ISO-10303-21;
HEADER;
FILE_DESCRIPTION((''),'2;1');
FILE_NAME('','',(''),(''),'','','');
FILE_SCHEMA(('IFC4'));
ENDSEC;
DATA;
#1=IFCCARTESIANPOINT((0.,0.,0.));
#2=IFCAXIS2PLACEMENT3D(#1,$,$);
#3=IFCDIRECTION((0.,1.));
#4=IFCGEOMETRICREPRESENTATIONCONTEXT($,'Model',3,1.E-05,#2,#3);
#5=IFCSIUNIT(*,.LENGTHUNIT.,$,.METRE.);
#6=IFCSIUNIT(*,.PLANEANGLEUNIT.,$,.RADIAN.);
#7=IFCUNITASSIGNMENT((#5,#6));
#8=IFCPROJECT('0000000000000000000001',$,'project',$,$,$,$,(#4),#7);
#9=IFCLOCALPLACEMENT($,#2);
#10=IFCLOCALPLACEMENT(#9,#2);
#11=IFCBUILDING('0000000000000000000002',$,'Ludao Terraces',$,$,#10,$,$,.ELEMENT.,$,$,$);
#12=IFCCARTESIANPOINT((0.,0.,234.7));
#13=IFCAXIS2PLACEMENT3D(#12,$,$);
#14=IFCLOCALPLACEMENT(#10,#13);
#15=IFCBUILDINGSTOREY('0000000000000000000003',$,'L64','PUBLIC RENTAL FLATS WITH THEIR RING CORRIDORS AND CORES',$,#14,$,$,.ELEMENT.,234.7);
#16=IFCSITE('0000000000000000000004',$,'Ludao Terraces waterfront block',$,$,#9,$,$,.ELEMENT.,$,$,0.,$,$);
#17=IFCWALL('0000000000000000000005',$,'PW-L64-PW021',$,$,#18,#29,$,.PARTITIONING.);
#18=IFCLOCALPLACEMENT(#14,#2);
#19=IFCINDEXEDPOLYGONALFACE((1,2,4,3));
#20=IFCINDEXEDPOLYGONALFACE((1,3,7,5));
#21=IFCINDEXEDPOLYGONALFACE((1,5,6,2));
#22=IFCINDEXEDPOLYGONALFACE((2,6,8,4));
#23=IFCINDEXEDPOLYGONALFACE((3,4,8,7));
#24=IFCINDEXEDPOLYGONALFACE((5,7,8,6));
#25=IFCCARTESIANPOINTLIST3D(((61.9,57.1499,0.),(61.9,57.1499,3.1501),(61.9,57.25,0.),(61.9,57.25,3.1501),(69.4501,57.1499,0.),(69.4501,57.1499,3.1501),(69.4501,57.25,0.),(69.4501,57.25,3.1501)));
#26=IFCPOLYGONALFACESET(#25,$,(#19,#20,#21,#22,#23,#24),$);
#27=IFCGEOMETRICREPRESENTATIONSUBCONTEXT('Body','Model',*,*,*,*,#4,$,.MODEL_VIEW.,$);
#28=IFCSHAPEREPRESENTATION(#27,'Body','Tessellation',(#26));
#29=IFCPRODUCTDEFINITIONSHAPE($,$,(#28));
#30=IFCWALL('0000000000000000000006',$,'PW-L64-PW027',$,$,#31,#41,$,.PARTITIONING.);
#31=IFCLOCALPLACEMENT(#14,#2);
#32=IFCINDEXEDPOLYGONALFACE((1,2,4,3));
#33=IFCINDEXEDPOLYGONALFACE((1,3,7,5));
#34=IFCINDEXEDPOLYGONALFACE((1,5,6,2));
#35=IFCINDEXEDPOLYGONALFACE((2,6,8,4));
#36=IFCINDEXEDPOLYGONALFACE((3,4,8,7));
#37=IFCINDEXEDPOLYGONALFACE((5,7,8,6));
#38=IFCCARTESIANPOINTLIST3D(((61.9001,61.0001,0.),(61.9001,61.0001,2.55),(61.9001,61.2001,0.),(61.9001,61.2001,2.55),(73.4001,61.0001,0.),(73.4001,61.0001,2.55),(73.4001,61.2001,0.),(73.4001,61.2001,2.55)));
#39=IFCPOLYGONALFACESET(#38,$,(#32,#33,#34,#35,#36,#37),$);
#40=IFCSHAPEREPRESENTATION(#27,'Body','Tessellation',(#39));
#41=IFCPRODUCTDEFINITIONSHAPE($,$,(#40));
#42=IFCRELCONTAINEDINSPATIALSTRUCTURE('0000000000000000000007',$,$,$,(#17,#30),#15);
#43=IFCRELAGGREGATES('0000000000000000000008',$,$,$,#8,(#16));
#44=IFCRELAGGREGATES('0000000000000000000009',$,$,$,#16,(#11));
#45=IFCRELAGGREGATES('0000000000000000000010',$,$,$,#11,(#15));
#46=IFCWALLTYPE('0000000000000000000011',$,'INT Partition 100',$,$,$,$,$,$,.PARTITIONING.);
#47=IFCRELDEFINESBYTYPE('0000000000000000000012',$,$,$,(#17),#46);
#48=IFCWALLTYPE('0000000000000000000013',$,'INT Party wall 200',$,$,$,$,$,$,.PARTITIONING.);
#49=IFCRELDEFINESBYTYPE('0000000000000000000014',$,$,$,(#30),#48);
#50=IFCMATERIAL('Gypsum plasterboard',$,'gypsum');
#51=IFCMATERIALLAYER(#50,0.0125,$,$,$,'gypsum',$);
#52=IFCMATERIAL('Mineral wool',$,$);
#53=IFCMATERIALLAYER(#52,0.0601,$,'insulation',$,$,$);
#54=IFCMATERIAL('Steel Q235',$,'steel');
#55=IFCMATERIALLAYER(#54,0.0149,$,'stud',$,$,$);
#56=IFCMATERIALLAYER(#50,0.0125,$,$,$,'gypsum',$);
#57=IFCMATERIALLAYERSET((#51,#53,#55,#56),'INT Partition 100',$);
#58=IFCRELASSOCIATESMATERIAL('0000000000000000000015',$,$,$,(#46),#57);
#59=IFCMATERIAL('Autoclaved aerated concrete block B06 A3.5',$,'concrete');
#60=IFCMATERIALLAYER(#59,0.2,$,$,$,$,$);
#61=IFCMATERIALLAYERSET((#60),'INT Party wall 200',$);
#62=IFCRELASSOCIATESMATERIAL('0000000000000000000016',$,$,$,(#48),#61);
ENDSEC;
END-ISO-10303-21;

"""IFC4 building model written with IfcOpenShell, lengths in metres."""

from ifc_helpers import new_model, si_unit, direction, frame, frame_2d, origin, place, context, subcontext, project, spatial, rectangle, extrude, material, layer, layer_set, type_object, element, save


model = new_model("IFC4")

# Units and contexts
model_context = context("Model", 3, precision=1e-05, world=origin(), true_north=direction((0.0, 1.0)))
body_context = subcontext(model_context, "Body", "Model", "MODEL_VIEW")
ifc_project = project(units=[si_unit("LENGTHUNIT", "METRE"), si_unit("PLANEANGLEUNIT", "RADIAN")], contexts=[model_context])

# Site, building, storey
site_placement = place(None, origin())
site = spatial("IfcSite", under=ifc_project, at=site_placement, Name="Ludao Terraces waterfront block", CompositionType="ELEMENT", RefElevation=0.0)
building_placement = place(site_placement, origin())
building = spatial("IfcBuilding", under=site, at=building_placement, Name="Ludao Terraces", CompositionType="ELEMENT")
storey_placement = place(building_placement, frame((0.0, 0.0, 234.7)))
storey = spatial("IfcBuildingStorey", under=building, at=storey_placement, Name="L64", Description="PUBLIC RENTAL FLATS WITH THEIR RING CORRIDORS AND CORES", CompositionType="ELEMENT", Elevation=234.7)

# Shared definitions
ifc_material_1 = material(Name="Mineral wool")

# Shared definitions
ifc_material_2 = material(Name="Gypsum plasterboard", Category="gypsum")
ifc_layer_1 = layer(ifc_material_2, 0.0125, Category="gypsum")
ifc_layer_2 = layer(ifc_material_1, 0.0601, Name="insulation")
ifc_material_3 = material(Name="Steel Q235", Category="steel")
ifc_layer_3 = layer(ifc_material_3, 0.0149, Name="stud")
ifc_layer_4 = layer(ifc_material_2, 0.0125, Category="gypsum")
ifc_layer_set_1 = layer_set([ifc_layer_1, ifc_layer_2, ifc_layer_3, ifc_layer_4], Name="INT Partition 100")
wall_type_1 = type_object("IfcWallType", Name="INT Partition 100", PredefinedType="PARTITIONING", material=ifc_layer_set_1)

# Walls
for number, where, z_axis, x_axis, name in (
    (1, (61.9001, 57.2, 0.0), (0.0, 0.0, 1.0), (1.0, 0.0, 0.0), "PW-L64-PW021"),
):
    element("IfcWall", number, at=place(storey_placement, frame(where, z_axis=z_axis, x_axis=x_axis)), inside=storey, type_object=wall_type_1, Name=name, PredefinedType="PARTITIONING", context=body_context, shape_type="SweptSolid", body=[
        extrude(rectangle(XDim=7.55, YDim=0.1001, at=frame_2d((3.7749, 0.0))), origin(), (0.0, 0.0, 1.0), 3.1501),
    ])
ifc_material_4 = material(Name="Autoclaved aerated concrete block B06 A3.5", Category="concrete")
ifc_layer_5 = layer(ifc_material_4, 0.2)
ifc_layer_set_2 = layer_set([ifc_layer_5], Name="INT Party wall 200")
wall_type_2 = type_object("IfcWallType", Name="INT Party wall 200", PredefinedType="PARTITIONING", material=ifc_layer_set_2)
wall_1_placement = place(storey_placement, frame((61.9001, 61.1001, 0.0), z_axis=(0.0, 0.0, 1.0), x_axis=(1.0, 0.0, 0.0)))
element("IfcWall", 2, at=wall_1_placement, inside=storey, type_object=wall_type_2, Name="PW-L64-PW027", PredefinedType="PARTITIONING", context=body_context, shape_type="SweptSolid", body=[
    extrude(rectangle(XDim=11.5, YDim=0.2, at=frame_2d((5.75, 0.0))), origin(), (0.0, 0.0, 1.0), 2.55),
])

save(model, "model.ifc")
